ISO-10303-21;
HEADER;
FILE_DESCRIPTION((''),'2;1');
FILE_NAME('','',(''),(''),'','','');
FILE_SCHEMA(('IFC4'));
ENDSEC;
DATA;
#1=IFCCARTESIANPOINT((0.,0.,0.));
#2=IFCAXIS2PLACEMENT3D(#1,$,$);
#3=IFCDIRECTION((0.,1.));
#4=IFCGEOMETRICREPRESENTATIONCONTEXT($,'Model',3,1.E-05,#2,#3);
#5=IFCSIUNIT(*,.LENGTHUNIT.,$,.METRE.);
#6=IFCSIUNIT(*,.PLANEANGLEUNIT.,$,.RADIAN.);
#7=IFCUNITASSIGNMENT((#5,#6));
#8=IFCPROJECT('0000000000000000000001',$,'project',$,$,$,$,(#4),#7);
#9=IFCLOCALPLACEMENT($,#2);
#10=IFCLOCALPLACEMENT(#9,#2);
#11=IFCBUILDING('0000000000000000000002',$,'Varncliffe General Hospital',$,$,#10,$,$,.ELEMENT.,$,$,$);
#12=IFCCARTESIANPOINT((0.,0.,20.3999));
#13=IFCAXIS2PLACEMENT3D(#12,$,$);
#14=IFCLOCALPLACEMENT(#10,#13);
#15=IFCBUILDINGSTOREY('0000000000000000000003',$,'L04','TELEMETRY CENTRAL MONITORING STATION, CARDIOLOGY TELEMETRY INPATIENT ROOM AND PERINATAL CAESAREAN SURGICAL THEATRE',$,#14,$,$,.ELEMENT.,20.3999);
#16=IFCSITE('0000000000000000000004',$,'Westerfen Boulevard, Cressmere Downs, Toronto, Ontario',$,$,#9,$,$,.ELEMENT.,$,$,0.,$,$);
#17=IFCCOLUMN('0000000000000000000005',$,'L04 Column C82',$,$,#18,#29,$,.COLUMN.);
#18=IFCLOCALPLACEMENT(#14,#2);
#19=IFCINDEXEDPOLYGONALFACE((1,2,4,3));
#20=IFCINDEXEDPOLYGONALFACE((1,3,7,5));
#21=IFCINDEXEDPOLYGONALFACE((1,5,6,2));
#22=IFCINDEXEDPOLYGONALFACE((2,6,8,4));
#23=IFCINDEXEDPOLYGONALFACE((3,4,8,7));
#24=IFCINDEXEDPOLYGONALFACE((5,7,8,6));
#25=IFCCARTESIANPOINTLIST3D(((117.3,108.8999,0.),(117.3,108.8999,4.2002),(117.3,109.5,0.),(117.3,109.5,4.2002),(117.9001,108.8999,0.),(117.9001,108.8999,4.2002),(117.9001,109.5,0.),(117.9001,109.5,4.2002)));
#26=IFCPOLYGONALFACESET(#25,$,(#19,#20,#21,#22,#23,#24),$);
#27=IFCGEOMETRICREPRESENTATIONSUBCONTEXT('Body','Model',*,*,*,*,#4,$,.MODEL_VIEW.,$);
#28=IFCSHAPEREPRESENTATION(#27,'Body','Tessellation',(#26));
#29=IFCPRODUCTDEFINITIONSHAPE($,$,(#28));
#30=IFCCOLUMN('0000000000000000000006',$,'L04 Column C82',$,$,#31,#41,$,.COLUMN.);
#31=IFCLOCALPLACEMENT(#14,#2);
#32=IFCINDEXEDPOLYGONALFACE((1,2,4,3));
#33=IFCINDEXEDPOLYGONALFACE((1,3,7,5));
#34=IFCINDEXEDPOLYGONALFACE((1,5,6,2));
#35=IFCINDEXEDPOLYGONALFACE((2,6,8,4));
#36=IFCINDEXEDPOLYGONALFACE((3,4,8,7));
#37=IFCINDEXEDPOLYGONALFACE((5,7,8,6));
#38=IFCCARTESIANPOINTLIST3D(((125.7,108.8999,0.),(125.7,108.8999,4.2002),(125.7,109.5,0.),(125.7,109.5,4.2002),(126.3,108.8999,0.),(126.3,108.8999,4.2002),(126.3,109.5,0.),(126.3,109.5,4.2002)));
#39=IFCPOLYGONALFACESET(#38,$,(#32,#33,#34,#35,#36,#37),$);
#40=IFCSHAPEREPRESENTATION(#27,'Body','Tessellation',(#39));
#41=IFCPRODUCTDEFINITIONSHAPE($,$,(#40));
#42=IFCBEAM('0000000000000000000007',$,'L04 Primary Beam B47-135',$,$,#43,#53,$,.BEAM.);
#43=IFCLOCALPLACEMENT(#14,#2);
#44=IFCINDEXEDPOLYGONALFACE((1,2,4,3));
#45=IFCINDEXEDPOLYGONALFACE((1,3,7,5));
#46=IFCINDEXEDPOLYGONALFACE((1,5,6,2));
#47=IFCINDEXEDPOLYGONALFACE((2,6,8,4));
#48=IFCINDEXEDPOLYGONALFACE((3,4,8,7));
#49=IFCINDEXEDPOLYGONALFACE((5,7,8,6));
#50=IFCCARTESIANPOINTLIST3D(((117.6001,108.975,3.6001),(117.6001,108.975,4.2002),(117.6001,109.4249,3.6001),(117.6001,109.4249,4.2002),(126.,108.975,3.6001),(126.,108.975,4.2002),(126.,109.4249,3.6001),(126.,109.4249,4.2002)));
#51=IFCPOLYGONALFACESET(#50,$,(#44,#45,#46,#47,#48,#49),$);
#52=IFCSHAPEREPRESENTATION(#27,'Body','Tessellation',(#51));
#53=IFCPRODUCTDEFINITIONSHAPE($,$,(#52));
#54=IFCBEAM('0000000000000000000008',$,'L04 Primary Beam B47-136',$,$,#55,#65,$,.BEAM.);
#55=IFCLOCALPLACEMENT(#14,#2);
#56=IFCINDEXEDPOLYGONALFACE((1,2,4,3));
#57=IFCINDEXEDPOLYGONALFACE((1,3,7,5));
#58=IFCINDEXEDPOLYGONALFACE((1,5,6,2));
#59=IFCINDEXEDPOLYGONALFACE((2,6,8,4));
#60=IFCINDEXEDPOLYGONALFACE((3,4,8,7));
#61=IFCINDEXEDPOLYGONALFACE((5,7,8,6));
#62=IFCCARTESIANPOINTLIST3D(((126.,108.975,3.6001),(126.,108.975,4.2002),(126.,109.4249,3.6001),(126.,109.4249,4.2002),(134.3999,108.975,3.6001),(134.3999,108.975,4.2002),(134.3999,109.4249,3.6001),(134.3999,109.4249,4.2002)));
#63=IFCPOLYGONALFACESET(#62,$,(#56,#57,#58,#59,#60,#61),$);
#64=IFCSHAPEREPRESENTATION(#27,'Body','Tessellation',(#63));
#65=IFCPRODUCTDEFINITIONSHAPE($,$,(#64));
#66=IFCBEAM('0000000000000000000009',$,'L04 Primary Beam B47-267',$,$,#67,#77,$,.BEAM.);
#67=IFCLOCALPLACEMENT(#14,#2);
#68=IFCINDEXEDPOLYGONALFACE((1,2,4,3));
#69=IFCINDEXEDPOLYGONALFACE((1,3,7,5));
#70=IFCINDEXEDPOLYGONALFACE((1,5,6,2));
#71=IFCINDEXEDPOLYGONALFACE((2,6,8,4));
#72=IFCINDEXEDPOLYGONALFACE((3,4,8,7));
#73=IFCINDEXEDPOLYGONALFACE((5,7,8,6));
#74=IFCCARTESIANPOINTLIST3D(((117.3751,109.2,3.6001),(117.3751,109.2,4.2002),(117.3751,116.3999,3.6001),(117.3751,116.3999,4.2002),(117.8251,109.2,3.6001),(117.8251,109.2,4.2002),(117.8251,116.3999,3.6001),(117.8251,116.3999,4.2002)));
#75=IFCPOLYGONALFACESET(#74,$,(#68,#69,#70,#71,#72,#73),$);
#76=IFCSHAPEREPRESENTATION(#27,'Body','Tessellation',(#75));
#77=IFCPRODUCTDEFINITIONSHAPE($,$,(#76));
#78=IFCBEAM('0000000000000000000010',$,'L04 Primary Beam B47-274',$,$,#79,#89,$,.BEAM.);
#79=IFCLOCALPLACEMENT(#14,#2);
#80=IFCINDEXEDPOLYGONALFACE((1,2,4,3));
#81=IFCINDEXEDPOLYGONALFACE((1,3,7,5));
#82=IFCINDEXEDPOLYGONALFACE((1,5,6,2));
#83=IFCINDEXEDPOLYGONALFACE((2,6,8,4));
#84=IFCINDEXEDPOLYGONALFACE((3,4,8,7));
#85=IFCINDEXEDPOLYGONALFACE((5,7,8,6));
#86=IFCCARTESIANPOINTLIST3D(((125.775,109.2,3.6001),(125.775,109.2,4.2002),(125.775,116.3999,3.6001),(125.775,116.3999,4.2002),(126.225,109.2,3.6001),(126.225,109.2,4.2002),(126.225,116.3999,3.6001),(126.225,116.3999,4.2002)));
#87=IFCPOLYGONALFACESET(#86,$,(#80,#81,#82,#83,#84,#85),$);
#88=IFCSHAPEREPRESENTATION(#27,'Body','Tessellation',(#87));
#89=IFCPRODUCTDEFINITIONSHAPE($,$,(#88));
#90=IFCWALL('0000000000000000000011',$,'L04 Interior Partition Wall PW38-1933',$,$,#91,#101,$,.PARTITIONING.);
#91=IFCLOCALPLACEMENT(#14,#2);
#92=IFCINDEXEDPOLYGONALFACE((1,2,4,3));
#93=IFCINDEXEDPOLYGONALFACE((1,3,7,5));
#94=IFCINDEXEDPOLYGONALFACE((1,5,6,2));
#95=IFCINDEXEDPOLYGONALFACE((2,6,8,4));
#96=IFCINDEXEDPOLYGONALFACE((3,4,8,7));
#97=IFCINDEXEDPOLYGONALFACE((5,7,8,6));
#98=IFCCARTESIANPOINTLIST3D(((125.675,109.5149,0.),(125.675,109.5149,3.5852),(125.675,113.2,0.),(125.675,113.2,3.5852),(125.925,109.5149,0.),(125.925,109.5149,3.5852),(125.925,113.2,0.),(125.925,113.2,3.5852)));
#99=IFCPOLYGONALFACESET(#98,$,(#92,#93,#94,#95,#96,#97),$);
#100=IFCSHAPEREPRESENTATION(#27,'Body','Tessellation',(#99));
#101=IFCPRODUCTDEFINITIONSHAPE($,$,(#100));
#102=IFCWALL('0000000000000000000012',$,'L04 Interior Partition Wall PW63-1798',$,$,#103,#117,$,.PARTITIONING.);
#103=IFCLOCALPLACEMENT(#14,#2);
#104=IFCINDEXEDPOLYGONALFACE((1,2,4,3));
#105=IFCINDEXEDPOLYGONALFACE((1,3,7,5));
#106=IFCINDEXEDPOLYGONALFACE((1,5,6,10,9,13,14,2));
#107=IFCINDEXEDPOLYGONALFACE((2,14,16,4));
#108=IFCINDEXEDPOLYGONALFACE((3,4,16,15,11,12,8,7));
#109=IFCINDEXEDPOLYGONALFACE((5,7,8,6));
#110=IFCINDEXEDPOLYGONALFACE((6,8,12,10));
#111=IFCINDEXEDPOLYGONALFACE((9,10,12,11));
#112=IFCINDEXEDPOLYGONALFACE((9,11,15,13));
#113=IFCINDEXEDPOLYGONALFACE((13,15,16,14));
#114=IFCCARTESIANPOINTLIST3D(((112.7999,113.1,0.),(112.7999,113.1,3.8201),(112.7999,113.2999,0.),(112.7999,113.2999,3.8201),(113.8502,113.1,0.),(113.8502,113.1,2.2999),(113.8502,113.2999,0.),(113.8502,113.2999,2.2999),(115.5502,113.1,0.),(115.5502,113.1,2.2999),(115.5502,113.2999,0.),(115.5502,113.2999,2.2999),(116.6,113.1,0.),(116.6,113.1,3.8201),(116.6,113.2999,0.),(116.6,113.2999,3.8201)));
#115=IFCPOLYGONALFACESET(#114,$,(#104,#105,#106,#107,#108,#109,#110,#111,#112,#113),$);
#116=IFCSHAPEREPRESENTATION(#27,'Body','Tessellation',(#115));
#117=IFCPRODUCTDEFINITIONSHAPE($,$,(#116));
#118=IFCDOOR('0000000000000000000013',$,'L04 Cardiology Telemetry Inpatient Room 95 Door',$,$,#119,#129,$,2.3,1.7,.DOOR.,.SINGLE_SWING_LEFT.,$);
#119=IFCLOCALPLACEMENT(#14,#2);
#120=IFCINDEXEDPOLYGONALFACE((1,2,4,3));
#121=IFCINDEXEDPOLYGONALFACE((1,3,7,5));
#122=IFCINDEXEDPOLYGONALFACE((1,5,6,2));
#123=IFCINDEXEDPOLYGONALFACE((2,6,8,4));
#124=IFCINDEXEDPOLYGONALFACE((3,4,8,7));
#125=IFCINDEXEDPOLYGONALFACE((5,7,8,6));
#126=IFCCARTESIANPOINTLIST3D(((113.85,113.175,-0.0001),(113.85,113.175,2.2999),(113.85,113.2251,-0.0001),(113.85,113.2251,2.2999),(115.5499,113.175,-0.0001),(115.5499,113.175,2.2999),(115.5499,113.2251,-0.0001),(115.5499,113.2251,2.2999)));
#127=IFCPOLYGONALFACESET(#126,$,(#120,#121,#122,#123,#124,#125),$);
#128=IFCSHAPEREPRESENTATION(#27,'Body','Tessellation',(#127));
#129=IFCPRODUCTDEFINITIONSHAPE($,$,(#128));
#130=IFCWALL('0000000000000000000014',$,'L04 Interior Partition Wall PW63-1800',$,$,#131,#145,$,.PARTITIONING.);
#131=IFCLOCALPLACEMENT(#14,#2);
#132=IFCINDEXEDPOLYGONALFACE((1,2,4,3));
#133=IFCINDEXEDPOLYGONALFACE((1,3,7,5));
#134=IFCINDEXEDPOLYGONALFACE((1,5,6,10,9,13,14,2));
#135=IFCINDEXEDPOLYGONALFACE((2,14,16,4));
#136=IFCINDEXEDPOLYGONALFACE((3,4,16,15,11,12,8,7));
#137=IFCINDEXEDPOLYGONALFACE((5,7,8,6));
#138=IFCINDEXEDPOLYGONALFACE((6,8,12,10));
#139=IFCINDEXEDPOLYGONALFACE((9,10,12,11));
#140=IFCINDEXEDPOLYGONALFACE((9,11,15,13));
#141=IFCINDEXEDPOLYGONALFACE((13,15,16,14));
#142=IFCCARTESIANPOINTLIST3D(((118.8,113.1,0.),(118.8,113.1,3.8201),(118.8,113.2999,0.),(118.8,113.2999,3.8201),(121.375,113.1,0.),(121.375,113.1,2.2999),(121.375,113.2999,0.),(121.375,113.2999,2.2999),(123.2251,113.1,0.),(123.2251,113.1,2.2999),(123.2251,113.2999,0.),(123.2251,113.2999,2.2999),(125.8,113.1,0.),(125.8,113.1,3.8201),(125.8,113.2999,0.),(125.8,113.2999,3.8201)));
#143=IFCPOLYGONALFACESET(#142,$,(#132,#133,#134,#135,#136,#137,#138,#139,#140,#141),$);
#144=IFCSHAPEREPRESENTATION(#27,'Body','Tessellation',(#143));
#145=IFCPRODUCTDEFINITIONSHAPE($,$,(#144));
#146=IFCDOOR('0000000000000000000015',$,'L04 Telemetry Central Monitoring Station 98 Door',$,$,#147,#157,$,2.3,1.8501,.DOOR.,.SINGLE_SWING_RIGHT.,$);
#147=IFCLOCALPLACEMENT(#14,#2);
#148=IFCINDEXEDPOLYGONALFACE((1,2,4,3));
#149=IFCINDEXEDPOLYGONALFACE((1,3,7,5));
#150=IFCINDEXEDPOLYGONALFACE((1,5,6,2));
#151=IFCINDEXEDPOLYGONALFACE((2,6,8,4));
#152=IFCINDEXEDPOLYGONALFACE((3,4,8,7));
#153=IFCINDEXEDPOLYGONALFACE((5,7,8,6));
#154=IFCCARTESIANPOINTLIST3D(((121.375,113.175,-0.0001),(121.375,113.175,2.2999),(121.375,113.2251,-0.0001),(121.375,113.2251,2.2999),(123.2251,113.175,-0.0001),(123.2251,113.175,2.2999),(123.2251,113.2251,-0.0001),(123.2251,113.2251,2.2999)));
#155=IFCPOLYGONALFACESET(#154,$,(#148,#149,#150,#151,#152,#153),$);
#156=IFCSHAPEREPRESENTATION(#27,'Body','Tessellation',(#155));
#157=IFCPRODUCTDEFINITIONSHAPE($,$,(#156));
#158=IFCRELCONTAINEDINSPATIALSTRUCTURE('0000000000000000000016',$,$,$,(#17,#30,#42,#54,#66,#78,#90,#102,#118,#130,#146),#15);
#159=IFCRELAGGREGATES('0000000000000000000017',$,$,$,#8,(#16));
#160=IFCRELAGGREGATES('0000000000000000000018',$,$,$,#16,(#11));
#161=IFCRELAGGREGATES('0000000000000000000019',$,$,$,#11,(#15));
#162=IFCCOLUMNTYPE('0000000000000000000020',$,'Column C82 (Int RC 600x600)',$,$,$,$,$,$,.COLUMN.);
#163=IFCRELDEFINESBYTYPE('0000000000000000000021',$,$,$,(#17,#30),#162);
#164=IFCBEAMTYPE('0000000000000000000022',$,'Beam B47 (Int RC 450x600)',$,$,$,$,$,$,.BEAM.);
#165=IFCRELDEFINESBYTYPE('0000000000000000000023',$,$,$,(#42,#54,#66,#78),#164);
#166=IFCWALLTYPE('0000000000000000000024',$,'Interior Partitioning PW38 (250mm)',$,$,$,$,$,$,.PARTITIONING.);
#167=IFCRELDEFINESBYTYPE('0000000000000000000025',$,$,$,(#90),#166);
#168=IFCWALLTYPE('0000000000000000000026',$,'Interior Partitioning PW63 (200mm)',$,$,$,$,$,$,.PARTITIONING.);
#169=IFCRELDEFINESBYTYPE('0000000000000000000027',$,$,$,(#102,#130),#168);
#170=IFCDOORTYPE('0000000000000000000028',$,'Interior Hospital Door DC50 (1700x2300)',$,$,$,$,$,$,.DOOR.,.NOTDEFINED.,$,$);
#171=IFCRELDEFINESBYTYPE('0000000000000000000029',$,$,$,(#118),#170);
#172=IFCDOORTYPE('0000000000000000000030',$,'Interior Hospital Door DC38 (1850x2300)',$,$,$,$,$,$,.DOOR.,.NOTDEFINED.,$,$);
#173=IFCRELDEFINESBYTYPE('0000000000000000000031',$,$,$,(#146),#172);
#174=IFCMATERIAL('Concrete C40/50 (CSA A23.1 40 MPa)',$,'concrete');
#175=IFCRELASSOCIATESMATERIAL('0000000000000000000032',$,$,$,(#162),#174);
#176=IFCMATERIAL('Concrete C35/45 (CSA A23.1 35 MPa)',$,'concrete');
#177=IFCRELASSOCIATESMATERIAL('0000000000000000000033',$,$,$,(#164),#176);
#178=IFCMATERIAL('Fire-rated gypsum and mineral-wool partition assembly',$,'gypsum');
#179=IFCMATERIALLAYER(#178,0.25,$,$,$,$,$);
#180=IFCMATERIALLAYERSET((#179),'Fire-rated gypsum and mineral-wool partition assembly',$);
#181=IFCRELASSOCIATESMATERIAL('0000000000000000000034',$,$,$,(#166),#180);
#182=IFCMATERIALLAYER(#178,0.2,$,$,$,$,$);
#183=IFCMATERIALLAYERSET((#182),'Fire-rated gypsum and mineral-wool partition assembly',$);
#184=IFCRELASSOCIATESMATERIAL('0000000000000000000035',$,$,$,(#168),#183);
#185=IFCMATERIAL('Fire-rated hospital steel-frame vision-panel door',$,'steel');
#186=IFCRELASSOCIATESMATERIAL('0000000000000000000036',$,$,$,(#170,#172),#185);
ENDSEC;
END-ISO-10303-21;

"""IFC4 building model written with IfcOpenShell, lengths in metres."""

from ifc_helpers import new_model, si_unit, direction, frame, frame_2d, origin, origin_2d, place, context, subcontext, project, spatial, rectangle, extrude, material, layer, layer_set, material_profile, profile_set, type_object, element, fill, save


model = new_model("IFC4")

# Units and contexts
model_context = context("Model", 3, precision=1e-05, world=origin(), true_north=direction((0.0, 1.0)))
body_context = subcontext(model_context, "Body", "Model", "MODEL_VIEW")
ifc_project = project(units=[si_unit("LENGTHUNIT", "METRE"), si_unit("PLANEANGLEUNIT", "RADIAN")], contexts=[model_context])

# Site, building, storey
site_placement = place(None, origin())
site = spatial("IfcSite", under=ifc_project, at=site_placement, Name="Westerfen Boulevard, Cressmere Downs, Toronto, Ontario", CompositionType="ELEMENT", RefElevation=0.0)
building_placement = place(site_placement, origin())
building = spatial("IfcBuilding", under=site, at=building_placement, Name="Varncliffe General Hospital", CompositionType="ELEMENT")
storey_placement = place(building_placement, frame((0.0, 0.0, 20.3999)))
storey = spatial("IfcBuildingStorey", under=building, at=storey_placement, Name="L04", Description="TELEMETRY CENTRAL MONITORING STATION, CARDIOLOGY TELEMETRY INPATIENT ROOM AND PERINATAL CAESAREAN SURGICAL THEATRE", CompositionType="ELEMENT", Elevation=20.3999)

# Columns
ifc_material_1 = material(Name="Concrete C40/50 (CSA A23.1 40 MPa)", Category="concrete")
ifc_material_profile_1 = material_profile(ifc_material_1, rectangle(XDim=0.6001, YDim=0.6001, at=origin_2d()), Name="RC 600x600")
ifc_profile_set_1 = profile_set([ifc_material_profile_1], Name="Concrete C40/50 (CSA A23.1 40 MPa)")
column_type = type_object("IfcColumnType", Name="Column C82 (Int RC 600x600)", PredefinedType="COLUMN", material=ifc_profile_set_1)
for number, where, z_axis, x_axis, name in (
    (1, (117.6001, 109.2, 0.0), (0.0, 0.0, 1.0), (1.0, 0.0, 0.0), "L04 Column C82"),
    (2, (126.0, 109.2, 0.0), (0.0, 0.0, 1.0), (1.0, 0.0, 0.0), "L04 Column C82"),
):
    element("IfcColumn", number, at=place(storey_placement, frame(where, z_axis=z_axis, x_axis=x_axis)), inside=storey, type_object=column_type, Name=name, PredefinedType="COLUMN", context=body_context, shape_type="SweptSolid", body=[
        extrude(rectangle(XDim=0.6001, YDim=0.6001, at=origin_2d()), origin(), (0.0, 0.0, 1.0), 4.2002),
    ])

# Beams
ifc_material_2 = material(Name="Concrete C35/45 (CSA A23.1 35 MPa)", Category="concrete")
ifc_material_profile_2 = material_profile(ifc_material_2, rectangle(XDim=0.45, YDim=0.6001, at=origin_2d()), Name="RC 450x600")
ifc_profile_set_2 = profile_set([ifc_material_profile_2], Name="Concrete C35/45 (CSA A23.1 35 MPa)")
beam_type = type_object("IfcBeamType", Name="Beam B47 (Int RC 450x600)", PredefinedType="BEAM", material=ifc_profile_set_2)
for number, where, z_axis, x_axis, name in (
    (3, (117.6001, 109.2, 3.9001), (1.0, 0.0, 0.0), (0.0, 1.0, 0.0), "L04 Primary Beam B47-135"),
    (4, (126.0, 109.2, 3.9001), (1.0, 0.0, 0.0), (0.0, 1.0, 0.0), "L04 Primary Beam B47-136"),
):
    element("IfcBeam", number, at=place(storey_placement, frame(where, z_axis=z_axis, x_axis=x_axis)), inside=storey, type_object=beam_type, Name=name, PredefinedType="BEAM", context=body_context, shape_type="SweptSolid", body=[
        extrude(rectangle(XDim=0.45, YDim=0.6001, at=origin_2d()), origin(), (0.0, 0.0, 1.0), 8.3999),
    ])
for number, where, z_axis, x_axis, name in (
    (5, (117.6001, 109.2, 3.9001), (0.0, 1.0, 0.0), (-1.0, 0.0, 0.0), "L04 Primary Beam B47-267"),
    (6, (126.0, 109.2, 3.9001), (0.0, 1.0, 0.0), (-1.0, 0.0, 0.0), "L04 Primary Beam B47-274"),
):
    element("IfcBeam", number, at=place(storey_placement, frame(where, z_axis=z_axis, x_axis=x_axis)), inside=storey, type_object=beam_type, Name=name, PredefinedType="BEAM", context=body_context, shape_type="SweptSolid", body=[
        extrude(rectangle(XDim=0.45, YDim=0.6001, at=origin_2d()), origin(), (0.0, 0.0, 1.0), 7.2),
    ])

# Shared definitions
ifc_material_3 = material(Name="Fire-rated gypsum and mineral-wool partition assembly", Category="gypsum")
ifc_layer_1 = layer(ifc_material_3, 0.25)
ifc_layer_set_1 = layer_set([ifc_layer_1], Name="Fire-rated gypsum and mineral-wool partition assembly")
wall_type_1 = type_object("IfcWallType", Name="Interior Partitioning PW38 (250mm)", PredefinedType="PARTITIONING", material=ifc_layer_set_1)
ifc_material_4 = material(Name="Fire-rated hospital steel-frame vision-panel door", Category="steel")

# Wall
wall_1_placement = place(storey_placement, frame((125.8, 109.5149, 0.0), z_axis=(0.0, 0.0, 1.0), x_axis=(0.0, 1.0, 0.0)))
element("IfcWall", 7, at=wall_1_placement, inside=storey, type_object=wall_type_1, Name="L04 Interior Partition Wall PW38-1933", PredefinedType="PARTITIONING", context=body_context, shape_type="SweptSolid", body=[
    extrude(rectangle(XDim=3.6851, YDim=0.25, at=frame_2d((1.8425, 0.0))), origin(), (0.0, 0.0, 1.0), 3.5852),
])

# Walls, openings, doors
ifc_layer_2 = layer(ifc_material_3, 0.2)
ifc_layer_set_2 = layer_set([ifc_layer_2], Name="Fire-rated gypsum and mineral-wool partition assembly")
wall_type_2 = type_object("IfcWallType", Name="Interior Partitioning PW63 (200mm)", PredefinedType="PARTITIONING", material=ifc_layer_set_2)
wall_2_placement = place(storey_placement, frame((112.8, 113.2, 0.0), z_axis=(0.0, 0.0, 1.0), x_axis=(1.0, 0.0, 0.0)))
wall_2 = element("IfcWall", 8, at=wall_2_placement, inside=storey, type_object=wall_type_2, Name="L04 Interior Partition Wall PW63-1798", PredefinedType="PARTITIONING", context=body_context, shape_type="SweptSolid", body=[
    extrude(rectangle(XDim=3.8, YDim=0.2, at=frame_2d((1.8999, 0.0))), origin(), (0.0, 0.0, 1.0), 3.8201),
])
opening_1_placement = place(wall_2_placement, frame((1.05, 0.0, 0.0)))
opening_1 = element("IfcOpeningElement", 9, at=opening_1_placement, cuts=wall_2, PredefinedType="OPENING", context=body_context, shape_type="SweptSolid", body=[
    extrude(rectangle(XDim=1.7, YDim=2.3, at=frame_2d((0.8501, 1.1499))), frame((0.0, 0.1099, 0.0), z_axis=(0.0, -1.0, 0.0), x_axis=(1.0, 0.0, 0.0)), (0.0, 0.0, 1.0), 0.22),
])
door_type_1 = type_object("IfcDoorType", Name="Interior Hospital Door DC50 (1700x2300)", OperationType="NOTDEFINED", PredefinedType="DOOR", material=ifc_material_4)
door_1_placement = place(opening_1_placement, frame((1.7, 0.0, 0.0), z_axis=(0.0, 0.0, 1.0), x_axis=(-1.0, 0.0, 0.0)))
door_1 = element("IfcDoor", 10, at=door_1_placement, inside=storey, type_object=door_type_1, Name="L04 Cardiology Telemetry Inpatient Room 95 Door", OperationType="SINGLE_SWING_LEFT", OverallHeight=2.3, OverallWidth=1.7, PredefinedType="DOOR", context=body_context, shape_type="SweptSolid", body=[
    extrude(rectangle(XDim=1.7, YDim=2.3, at=frame_2d((0.8501, 1.1499))), frame((0.0, 0.0249, 0.0), z_axis=(0.0, -1.0, 0.0), x_axis=(1.0, 0.0, 0.0)), (0.0, 0.0, 1.0), 0.05),
])
fill(opening_1, door_1)
wall_3_placement = place(storey_placement, frame((118.8, 113.2, 0.0), z_axis=(0.0, 0.0, 1.0), x_axis=(1.0, 0.0, 0.0)))
wall_3 = element("IfcWall", 11, at=wall_3_placement, inside=storey, type_object=wall_type_2, Name="L04 Interior Partition Wall PW63-1800", PredefinedType="PARTITIONING", context=body_context, shape_type="SweptSolid", body=[
    extrude(rectangle(XDim=7.0, YDim=0.2, at=frame_2d((3.5, 0.0))), origin(), (0.0, 0.0, 1.0), 3.8201),
])
opening_2_placement = place(wall_3_placement, frame((2.575, 0.0, 0.0)))
opening_2 = element("IfcOpeningElement", 12, at=opening_2_placement, cuts=wall_3, PredefinedType="OPENING", context=body_context, shape_type="SweptSolid", body=[
    extrude(rectangle(XDim=1.8501, YDim=2.3, at=frame_2d((0.925, 1.1499))), frame((0.0, 0.1099, 0.0), z_axis=(0.0, -1.0, 0.0), x_axis=(1.0, 0.0, 0.0)), (0.0, 0.0, 1.0), 0.22),
])
door_type_2 = type_object("IfcDoorType", Name="Interior Hospital Door DC38 (1850x2300)", OperationType="NOTDEFINED", PredefinedType="DOOR", material=ifc_material_4)
door_2_placement = place(opening_2_placement, frame((1.8501, 0.0, 0.0), z_axis=(0.0, 0.0, 1.0), x_axis=(-1.0, 0.0, 0.0)))
door_2 = element("IfcDoor", 13, at=door_2_placement, inside=storey, type_object=door_type_2, Name="L04 Telemetry Central Monitoring Station 98 Door", OperationType="SINGLE_SWING_RIGHT", OverallHeight=2.3, OverallWidth=1.8501, PredefinedType="DOOR", context=body_context, shape_type="SweptSolid", body=[
    extrude(rectangle(XDim=1.8501, YDim=2.3, at=frame_2d((0.925, 1.1499))), frame((0.0, 0.0249, 0.0), z_axis=(0.0, -1.0, 0.0), x_axis=(1.0, 0.0, 0.0)), (0.0, 0.0, 1.0), 0.05),
])
fill(opening_2, door_2)

save(model, "model.ifc")
